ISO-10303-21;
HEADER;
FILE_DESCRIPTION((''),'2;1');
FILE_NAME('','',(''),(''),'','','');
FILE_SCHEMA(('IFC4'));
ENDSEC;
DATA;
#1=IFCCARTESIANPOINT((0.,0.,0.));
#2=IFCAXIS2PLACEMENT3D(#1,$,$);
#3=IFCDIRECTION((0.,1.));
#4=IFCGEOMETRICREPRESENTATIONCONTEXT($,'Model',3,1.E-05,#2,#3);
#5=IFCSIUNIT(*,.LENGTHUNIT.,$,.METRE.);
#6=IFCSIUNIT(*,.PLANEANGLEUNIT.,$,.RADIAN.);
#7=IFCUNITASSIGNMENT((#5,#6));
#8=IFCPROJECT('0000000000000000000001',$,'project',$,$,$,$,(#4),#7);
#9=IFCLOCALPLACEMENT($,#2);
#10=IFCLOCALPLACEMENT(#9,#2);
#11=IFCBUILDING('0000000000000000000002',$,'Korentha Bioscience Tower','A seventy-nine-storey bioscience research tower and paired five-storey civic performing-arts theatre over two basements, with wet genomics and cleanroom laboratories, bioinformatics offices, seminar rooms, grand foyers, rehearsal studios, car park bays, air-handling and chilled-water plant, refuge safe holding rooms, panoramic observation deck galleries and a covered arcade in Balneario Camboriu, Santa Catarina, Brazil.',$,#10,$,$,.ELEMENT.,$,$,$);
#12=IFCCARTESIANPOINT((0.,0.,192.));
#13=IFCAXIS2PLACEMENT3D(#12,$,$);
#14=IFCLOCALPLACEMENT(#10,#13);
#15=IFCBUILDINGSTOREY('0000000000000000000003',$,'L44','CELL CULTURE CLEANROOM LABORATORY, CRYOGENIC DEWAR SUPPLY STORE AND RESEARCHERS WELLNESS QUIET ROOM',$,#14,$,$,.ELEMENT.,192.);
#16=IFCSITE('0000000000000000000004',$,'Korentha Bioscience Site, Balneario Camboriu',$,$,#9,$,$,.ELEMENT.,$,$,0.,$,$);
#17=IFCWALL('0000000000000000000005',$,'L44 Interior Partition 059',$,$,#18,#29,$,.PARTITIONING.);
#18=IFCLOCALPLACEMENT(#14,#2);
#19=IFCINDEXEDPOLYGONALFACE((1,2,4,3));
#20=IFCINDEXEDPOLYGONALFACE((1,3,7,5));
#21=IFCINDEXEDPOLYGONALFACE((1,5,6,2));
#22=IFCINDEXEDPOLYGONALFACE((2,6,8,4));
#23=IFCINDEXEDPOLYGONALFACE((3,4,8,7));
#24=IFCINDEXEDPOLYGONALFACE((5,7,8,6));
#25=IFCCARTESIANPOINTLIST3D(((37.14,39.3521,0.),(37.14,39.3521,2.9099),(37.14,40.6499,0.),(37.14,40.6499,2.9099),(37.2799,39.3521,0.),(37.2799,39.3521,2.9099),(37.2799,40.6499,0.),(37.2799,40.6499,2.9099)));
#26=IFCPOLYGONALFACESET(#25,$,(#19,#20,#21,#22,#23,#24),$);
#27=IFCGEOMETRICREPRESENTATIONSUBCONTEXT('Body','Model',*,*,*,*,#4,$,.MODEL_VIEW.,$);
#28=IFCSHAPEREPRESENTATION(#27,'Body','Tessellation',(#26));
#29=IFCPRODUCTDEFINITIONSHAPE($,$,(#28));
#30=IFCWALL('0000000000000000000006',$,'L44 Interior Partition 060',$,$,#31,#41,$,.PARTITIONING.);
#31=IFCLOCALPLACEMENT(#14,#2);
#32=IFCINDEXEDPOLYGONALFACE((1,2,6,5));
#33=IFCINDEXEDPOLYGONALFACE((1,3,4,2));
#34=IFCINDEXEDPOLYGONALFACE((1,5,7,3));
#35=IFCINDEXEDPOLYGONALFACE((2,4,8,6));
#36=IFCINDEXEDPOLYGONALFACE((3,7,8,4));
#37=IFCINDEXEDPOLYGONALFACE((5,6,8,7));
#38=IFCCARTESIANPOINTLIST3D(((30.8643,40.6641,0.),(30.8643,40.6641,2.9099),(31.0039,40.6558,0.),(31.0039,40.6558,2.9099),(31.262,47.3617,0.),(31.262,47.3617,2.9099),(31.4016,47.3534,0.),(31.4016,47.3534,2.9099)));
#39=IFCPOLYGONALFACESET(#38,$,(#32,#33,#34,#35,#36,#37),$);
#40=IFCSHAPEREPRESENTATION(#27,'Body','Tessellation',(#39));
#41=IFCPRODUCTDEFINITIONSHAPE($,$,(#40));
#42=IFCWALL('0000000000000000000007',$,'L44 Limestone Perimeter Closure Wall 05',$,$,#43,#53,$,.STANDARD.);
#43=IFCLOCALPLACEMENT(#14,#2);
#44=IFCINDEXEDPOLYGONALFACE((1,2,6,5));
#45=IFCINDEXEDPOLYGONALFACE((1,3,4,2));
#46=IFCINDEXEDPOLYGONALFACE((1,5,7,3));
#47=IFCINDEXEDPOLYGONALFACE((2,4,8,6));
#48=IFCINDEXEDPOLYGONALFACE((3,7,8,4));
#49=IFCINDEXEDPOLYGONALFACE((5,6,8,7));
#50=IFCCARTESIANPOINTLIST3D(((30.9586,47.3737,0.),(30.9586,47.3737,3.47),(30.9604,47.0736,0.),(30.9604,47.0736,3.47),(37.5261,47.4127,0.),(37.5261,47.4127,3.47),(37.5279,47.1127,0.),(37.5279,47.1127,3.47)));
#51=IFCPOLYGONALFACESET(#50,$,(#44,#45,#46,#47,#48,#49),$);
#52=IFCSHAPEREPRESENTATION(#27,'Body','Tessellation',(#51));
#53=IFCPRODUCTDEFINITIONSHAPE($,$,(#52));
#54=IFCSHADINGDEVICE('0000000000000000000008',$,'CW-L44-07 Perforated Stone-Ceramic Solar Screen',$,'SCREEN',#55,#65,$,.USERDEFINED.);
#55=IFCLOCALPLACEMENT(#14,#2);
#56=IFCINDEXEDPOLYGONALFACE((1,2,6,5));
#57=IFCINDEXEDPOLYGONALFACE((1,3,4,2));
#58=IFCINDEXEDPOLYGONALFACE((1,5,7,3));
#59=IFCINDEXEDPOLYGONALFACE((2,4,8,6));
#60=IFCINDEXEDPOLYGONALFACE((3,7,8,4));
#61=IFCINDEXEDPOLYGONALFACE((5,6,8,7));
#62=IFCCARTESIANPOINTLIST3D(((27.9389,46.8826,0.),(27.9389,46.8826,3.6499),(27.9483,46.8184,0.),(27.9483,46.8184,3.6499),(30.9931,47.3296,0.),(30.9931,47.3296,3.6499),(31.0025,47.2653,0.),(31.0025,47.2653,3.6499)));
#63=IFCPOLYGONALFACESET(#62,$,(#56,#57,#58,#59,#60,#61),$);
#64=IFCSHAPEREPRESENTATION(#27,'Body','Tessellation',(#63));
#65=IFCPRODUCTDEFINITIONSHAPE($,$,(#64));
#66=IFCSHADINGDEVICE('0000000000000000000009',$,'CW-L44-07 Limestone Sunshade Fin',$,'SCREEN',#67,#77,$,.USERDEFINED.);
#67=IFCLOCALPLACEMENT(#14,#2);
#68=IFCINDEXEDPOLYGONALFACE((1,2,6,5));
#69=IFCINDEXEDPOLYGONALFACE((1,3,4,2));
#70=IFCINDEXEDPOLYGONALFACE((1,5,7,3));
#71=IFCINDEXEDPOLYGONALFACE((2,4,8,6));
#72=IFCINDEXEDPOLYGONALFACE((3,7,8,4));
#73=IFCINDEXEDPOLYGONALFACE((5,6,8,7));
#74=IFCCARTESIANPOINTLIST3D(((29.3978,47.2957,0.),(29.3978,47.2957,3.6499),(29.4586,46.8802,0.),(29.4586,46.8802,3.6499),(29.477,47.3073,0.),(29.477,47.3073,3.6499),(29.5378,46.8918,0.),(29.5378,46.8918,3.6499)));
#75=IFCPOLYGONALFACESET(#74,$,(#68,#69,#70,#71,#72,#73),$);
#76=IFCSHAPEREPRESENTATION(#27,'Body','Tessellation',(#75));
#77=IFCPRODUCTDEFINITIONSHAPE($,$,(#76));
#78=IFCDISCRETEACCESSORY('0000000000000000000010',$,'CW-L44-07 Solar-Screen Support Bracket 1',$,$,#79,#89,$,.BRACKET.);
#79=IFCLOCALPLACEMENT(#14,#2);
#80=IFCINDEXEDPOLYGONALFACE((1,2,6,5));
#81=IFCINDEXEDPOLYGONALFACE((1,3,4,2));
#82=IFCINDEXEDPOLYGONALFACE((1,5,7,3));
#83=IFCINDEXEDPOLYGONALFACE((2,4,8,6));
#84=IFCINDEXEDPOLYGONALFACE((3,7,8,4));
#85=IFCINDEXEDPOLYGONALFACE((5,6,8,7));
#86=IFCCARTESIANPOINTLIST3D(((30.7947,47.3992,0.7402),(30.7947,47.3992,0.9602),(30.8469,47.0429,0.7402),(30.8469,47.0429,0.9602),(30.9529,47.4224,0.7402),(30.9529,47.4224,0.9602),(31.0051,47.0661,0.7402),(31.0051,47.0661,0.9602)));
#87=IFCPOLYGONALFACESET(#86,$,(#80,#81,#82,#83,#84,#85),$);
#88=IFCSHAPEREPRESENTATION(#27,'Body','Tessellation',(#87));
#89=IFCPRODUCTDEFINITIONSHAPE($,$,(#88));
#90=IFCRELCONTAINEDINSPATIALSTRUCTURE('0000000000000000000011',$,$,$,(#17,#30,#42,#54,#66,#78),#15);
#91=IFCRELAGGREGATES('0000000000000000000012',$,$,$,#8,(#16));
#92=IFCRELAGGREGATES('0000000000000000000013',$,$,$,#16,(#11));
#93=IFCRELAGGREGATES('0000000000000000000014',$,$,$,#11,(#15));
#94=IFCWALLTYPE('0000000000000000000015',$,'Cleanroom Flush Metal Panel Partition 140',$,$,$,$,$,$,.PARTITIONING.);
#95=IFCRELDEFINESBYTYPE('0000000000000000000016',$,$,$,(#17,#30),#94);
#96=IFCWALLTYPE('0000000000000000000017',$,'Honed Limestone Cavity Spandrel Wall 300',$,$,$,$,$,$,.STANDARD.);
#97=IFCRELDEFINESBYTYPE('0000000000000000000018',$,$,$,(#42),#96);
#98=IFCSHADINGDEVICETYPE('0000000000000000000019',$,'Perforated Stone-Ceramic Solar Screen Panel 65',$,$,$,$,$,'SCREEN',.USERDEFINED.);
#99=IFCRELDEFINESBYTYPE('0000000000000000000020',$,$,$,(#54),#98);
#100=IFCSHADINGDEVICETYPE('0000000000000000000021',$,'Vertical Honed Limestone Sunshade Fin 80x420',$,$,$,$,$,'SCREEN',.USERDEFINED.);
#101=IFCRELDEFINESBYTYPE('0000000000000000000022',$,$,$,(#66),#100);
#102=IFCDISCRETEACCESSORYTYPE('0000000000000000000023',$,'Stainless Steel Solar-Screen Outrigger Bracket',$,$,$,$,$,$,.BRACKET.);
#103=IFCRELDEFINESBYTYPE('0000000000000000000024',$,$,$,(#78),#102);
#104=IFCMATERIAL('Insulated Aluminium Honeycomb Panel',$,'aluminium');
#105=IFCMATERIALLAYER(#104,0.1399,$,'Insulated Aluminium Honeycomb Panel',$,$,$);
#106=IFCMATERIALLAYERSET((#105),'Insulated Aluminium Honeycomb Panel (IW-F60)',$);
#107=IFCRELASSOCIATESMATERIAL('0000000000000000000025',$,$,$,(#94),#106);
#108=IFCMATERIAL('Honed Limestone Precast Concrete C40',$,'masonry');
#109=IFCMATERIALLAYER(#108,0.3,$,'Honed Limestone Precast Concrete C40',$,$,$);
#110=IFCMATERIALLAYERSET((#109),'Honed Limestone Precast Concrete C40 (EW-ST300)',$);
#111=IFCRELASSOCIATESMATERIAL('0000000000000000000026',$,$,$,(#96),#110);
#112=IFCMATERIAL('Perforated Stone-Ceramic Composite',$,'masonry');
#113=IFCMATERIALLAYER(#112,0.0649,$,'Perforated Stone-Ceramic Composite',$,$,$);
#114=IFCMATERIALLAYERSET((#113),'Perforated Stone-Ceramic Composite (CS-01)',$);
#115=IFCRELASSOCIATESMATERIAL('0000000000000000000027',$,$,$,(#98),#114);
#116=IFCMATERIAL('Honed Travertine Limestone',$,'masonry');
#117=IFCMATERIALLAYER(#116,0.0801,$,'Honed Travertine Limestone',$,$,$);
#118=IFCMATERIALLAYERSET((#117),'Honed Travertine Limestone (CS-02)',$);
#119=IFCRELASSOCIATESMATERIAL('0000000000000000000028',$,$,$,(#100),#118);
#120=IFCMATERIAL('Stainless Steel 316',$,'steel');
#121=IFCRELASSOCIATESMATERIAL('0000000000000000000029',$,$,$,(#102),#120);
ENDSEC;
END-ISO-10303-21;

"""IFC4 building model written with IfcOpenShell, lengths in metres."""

from ifc_helpers import new_model, si_unit, direction, frame, frame_2d, origin, origin_2d, place, context, subcontext, project, spatial, rectangle, extrude, material, layer, layer_set, type_object, element, save


model = new_model("IFC4")

# Units and contexts
model_context = context("Model", 3, precision=1e-05, world=origin(), true_north=direction((0.0, 1.0)))
body_context = subcontext(model_context, "Body", "Model", "MODEL_VIEW")
ifc_project = project(units=[si_unit("LENGTHUNIT", "METRE"), si_unit("PLANEANGLEUNIT", "RADIAN")], contexts=[model_context])

# Site, building, storey
site_placement = place(None, origin())
site = spatial("IfcSite", under=ifc_project, at=site_placement, Name="Korentha Bioscience Site, Balneario Camboriu", CompositionType="ELEMENT", RefElevation=0.0)
building_placement = place(site_placement, origin())
building = spatial("IfcBuilding", under=site, at=building_placement, Name="Korentha Bioscience Tower", Description="A seventy-nine-storey bioscience research tower and paired five-storey civic performing-arts theatre over two basements, with wet genomics and cleanroom laboratories, bioinformatics offices, seminar rooms, grand foyers, rehearsal studios, car park bays, air-handling and chilled-water plant, refuge safe holding rooms, panoramic observation deck galleries and a covered arcade in Balneario Camboriu, Santa Catarina, Brazil.", CompositionType="ELEMENT")
storey_placement = place(building_placement, frame((0.0, 0.0, 192.0)))
storey = spatial("IfcBuildingStorey", under=building, at=storey_placement, Name="L44", Description="CELL CULTURE CLEANROOM LABORATORY, CRYOGENIC DEWAR SUPPLY STORE AND RESEARCHERS WELLNESS QUIET ROOM", CompositionType="ELEMENT", Elevation=192.0)

# Shared definitions
ifc_material_1 = material(Name="Insulated Aluminium Honeycomb Panel", Category="aluminium")
ifc_layer_1 = layer(ifc_material_1, 0.1399, Name="Insulated Aluminium Honeycomb Panel")
ifc_layer_set_1 = layer_set([ifc_layer_1], Name="Insulated Aluminium Honeycomb Panel (IW-F60)")
wall_type_1 = type_object("IfcWallType", Name="Cleanroom Flush Metal Panel Partition 140", PredefinedType="PARTITIONING", material=ifc_layer_set_1)

# Walls
wall_1_placement = place(storey_placement, frame((37.21, 39.3521, 0.0), z_axis=(0.0, 0.0, 1.0), x_axis=(0.0, 1.0, 0.0)))
element("IfcWall", 1, at=wall_1_placement, inside=storey, type_object=wall_type_1, Name="L44 Interior Partition 059", PredefinedType="PARTITIONING", context=body_context, shape_type="SweptSolid", body=[
    extrude(rectangle(XDim=1.2979, YDim=0.1399, at=frame_2d((0.6489, 0.0))), origin(), (0.0, 0.0, 1.0), 2.9099),
])
wall_2_placement = place(storey_placement, frame((30.9341, 40.6599, 0.0), z_axis=(0.0, 0.0, 1.0), x_axis=(0.059274, 0.998242, 0.0)))
element("IfcWall", 2, at=wall_2_placement, inside=storey, type_object=wall_type_1, Name="L44 Interior Partition 060", PredefinedType="PARTITIONING", context=body_context, shape_type="SweptSolid", body=[
    extrude(rectangle(XDim=6.7095, YDim=0.1399, at=frame_2d((3.3547, 0.0))), origin(), (0.0, 0.0, 1.0), 2.9099),
])
ifc_material_2 = material(Name="Honed Limestone Precast Concrete C40", Category="masonry")
ifc_layer_2 = layer(ifc_material_2, 0.3, Name="Honed Limestone Precast Concrete C40")
ifc_layer_set_2 = layer_set([ifc_layer_2], Name="Honed Limestone Precast Concrete C40 (EW-ST300)")
wall_type_2 = type_object("IfcWallType", Name="Honed Limestone Cavity Spandrel Wall 300", PredefinedType="STANDARD", material=ifc_layer_set_2)
wall_3_placement = place(storey_placement, frame((37.5269, 47.2627, 0.0), z_axis=(0.0, 0.0, 1.0), x_axis=(-0.999982, -0.005948, 0.0)))
element("IfcWall", 3, at=wall_3_placement, inside=storey, type_object=wall_type_2, Name="L44 Limestone Perimeter Closure Wall 05", PredefinedType="STANDARD", context=body_context, shape_type="SweptSolid", body=[
    extrude(rectangle(XDim=6.5676, YDim=0.3, at=frame_2d((3.2837, 0.0))), origin(), (0.0, 0.0, 1.0), 3.47),
])

# Shading devices
ifc_material_3 = material(Name="Perforated Stone-Ceramic Composite", Category="masonry")
ifc_layer_3 = layer(ifc_material_3, 0.0649, Name="Perforated Stone-Ceramic Composite")
ifc_layer_set_3 = layer_set([ifc_layer_3], Name="Perforated Stone-Ceramic Composite (CS-01)")
shading_device_type_1 = type_object("IfcShadingDeviceType", Name="Perforated Stone-Ceramic Solar Screen Panel 65", ElementType="SCREEN", PredefinedType="USERDEFINED", material=ifc_layer_set_3)
shading_device_1_placement = place(storey_placement, frame((29.4707, 47.074, 0.0), z_axis=(0.0, 0.0, 1.0), x_axis=(-0.989462, -0.144793, 0.0)))
element("IfcShadingDevice", 4, at=shading_device_1_placement, inside=storey, type_object=shading_device_type_1, Name="CW-L44-07 Perforated Stone-Ceramic Solar Screen", ObjectType="SCREEN", PredefinedType="USERDEFINED", context=body_context, shape_type="SweptSolid", body=[
    extrude(rectangle(XDim=3.0867, YDim=0.0649, at=origin_2d()), origin(), (0.0, 0.0, 1.0), 3.6499),
])
ifc_material_4 = material(Name="Honed Travertine Limestone", Category="masonry")
ifc_layer_4 = layer(ifc_material_4, 0.0801, Name="Honed Travertine Limestone")
ifc_layer_set_4 = layer_set([ifc_layer_4], Name="Honed Travertine Limestone (CS-02)")
shading_device_type_2 = type_object("IfcShadingDeviceType", Name="Vertical Honed Limestone Sunshade Fin 80x420", ElementType="SCREEN", PredefinedType="USERDEFINED", material=ifc_layer_set_4)
shading_device_2_placement = place(storey_placement, frame((29.4678, 47.0938, 0.0), z_axis=(0.0, 0.0, 1.0), x_axis=(-0.989462, -0.144793, 0.0)))
element("IfcShadingDevice", 5, at=shading_device_2_placement, inside=storey, type_object=shading_device_type_2, Name="CW-L44-07 Limestone Sunshade Fin", ObjectType="SCREEN", PredefinedType="USERDEFINED", context=body_context, shape_type="SweptSolid", body=[
    extrude(rectangle(XDim=0.0801, YDim=0.4199, at=origin_2d()), origin(), (0.0, 0.0, 1.0), 3.6499),
])

# Discrete accessory
ifc_material_5 = material(Name="Stainless Steel 316", Category="steel")
discrete_accessory_type = type_object("IfcDiscreteAccessoryType", Name="Stainless Steel Solar-Screen Outrigger Bracket", PredefinedType="BRACKET", material=ifc_material_5)
discrete_accessory_placement = place(storey_placement, frame((30.8999, 47.2327, 0.7402), z_axis=(0.0, 0.0, 1.0), x_axis=(-0.989462, -0.144793, 0.0)))
element("IfcDiscreteAccessory", 6, at=discrete_accessory_placement, inside=storey, type_object=discrete_accessory_type, Name="CW-L44-07 Solar-Screen Support Bracket 1", PredefinedType="BRACKET", context=body_context, shape_type="SweptSolid", body=[
    extrude(rectangle(XDim=0.1599, YDim=0.3601, at=origin_2d()), origin(), (0.0, 0.0, 1.0), 0.22),
])

save(model, "model.ifc")
